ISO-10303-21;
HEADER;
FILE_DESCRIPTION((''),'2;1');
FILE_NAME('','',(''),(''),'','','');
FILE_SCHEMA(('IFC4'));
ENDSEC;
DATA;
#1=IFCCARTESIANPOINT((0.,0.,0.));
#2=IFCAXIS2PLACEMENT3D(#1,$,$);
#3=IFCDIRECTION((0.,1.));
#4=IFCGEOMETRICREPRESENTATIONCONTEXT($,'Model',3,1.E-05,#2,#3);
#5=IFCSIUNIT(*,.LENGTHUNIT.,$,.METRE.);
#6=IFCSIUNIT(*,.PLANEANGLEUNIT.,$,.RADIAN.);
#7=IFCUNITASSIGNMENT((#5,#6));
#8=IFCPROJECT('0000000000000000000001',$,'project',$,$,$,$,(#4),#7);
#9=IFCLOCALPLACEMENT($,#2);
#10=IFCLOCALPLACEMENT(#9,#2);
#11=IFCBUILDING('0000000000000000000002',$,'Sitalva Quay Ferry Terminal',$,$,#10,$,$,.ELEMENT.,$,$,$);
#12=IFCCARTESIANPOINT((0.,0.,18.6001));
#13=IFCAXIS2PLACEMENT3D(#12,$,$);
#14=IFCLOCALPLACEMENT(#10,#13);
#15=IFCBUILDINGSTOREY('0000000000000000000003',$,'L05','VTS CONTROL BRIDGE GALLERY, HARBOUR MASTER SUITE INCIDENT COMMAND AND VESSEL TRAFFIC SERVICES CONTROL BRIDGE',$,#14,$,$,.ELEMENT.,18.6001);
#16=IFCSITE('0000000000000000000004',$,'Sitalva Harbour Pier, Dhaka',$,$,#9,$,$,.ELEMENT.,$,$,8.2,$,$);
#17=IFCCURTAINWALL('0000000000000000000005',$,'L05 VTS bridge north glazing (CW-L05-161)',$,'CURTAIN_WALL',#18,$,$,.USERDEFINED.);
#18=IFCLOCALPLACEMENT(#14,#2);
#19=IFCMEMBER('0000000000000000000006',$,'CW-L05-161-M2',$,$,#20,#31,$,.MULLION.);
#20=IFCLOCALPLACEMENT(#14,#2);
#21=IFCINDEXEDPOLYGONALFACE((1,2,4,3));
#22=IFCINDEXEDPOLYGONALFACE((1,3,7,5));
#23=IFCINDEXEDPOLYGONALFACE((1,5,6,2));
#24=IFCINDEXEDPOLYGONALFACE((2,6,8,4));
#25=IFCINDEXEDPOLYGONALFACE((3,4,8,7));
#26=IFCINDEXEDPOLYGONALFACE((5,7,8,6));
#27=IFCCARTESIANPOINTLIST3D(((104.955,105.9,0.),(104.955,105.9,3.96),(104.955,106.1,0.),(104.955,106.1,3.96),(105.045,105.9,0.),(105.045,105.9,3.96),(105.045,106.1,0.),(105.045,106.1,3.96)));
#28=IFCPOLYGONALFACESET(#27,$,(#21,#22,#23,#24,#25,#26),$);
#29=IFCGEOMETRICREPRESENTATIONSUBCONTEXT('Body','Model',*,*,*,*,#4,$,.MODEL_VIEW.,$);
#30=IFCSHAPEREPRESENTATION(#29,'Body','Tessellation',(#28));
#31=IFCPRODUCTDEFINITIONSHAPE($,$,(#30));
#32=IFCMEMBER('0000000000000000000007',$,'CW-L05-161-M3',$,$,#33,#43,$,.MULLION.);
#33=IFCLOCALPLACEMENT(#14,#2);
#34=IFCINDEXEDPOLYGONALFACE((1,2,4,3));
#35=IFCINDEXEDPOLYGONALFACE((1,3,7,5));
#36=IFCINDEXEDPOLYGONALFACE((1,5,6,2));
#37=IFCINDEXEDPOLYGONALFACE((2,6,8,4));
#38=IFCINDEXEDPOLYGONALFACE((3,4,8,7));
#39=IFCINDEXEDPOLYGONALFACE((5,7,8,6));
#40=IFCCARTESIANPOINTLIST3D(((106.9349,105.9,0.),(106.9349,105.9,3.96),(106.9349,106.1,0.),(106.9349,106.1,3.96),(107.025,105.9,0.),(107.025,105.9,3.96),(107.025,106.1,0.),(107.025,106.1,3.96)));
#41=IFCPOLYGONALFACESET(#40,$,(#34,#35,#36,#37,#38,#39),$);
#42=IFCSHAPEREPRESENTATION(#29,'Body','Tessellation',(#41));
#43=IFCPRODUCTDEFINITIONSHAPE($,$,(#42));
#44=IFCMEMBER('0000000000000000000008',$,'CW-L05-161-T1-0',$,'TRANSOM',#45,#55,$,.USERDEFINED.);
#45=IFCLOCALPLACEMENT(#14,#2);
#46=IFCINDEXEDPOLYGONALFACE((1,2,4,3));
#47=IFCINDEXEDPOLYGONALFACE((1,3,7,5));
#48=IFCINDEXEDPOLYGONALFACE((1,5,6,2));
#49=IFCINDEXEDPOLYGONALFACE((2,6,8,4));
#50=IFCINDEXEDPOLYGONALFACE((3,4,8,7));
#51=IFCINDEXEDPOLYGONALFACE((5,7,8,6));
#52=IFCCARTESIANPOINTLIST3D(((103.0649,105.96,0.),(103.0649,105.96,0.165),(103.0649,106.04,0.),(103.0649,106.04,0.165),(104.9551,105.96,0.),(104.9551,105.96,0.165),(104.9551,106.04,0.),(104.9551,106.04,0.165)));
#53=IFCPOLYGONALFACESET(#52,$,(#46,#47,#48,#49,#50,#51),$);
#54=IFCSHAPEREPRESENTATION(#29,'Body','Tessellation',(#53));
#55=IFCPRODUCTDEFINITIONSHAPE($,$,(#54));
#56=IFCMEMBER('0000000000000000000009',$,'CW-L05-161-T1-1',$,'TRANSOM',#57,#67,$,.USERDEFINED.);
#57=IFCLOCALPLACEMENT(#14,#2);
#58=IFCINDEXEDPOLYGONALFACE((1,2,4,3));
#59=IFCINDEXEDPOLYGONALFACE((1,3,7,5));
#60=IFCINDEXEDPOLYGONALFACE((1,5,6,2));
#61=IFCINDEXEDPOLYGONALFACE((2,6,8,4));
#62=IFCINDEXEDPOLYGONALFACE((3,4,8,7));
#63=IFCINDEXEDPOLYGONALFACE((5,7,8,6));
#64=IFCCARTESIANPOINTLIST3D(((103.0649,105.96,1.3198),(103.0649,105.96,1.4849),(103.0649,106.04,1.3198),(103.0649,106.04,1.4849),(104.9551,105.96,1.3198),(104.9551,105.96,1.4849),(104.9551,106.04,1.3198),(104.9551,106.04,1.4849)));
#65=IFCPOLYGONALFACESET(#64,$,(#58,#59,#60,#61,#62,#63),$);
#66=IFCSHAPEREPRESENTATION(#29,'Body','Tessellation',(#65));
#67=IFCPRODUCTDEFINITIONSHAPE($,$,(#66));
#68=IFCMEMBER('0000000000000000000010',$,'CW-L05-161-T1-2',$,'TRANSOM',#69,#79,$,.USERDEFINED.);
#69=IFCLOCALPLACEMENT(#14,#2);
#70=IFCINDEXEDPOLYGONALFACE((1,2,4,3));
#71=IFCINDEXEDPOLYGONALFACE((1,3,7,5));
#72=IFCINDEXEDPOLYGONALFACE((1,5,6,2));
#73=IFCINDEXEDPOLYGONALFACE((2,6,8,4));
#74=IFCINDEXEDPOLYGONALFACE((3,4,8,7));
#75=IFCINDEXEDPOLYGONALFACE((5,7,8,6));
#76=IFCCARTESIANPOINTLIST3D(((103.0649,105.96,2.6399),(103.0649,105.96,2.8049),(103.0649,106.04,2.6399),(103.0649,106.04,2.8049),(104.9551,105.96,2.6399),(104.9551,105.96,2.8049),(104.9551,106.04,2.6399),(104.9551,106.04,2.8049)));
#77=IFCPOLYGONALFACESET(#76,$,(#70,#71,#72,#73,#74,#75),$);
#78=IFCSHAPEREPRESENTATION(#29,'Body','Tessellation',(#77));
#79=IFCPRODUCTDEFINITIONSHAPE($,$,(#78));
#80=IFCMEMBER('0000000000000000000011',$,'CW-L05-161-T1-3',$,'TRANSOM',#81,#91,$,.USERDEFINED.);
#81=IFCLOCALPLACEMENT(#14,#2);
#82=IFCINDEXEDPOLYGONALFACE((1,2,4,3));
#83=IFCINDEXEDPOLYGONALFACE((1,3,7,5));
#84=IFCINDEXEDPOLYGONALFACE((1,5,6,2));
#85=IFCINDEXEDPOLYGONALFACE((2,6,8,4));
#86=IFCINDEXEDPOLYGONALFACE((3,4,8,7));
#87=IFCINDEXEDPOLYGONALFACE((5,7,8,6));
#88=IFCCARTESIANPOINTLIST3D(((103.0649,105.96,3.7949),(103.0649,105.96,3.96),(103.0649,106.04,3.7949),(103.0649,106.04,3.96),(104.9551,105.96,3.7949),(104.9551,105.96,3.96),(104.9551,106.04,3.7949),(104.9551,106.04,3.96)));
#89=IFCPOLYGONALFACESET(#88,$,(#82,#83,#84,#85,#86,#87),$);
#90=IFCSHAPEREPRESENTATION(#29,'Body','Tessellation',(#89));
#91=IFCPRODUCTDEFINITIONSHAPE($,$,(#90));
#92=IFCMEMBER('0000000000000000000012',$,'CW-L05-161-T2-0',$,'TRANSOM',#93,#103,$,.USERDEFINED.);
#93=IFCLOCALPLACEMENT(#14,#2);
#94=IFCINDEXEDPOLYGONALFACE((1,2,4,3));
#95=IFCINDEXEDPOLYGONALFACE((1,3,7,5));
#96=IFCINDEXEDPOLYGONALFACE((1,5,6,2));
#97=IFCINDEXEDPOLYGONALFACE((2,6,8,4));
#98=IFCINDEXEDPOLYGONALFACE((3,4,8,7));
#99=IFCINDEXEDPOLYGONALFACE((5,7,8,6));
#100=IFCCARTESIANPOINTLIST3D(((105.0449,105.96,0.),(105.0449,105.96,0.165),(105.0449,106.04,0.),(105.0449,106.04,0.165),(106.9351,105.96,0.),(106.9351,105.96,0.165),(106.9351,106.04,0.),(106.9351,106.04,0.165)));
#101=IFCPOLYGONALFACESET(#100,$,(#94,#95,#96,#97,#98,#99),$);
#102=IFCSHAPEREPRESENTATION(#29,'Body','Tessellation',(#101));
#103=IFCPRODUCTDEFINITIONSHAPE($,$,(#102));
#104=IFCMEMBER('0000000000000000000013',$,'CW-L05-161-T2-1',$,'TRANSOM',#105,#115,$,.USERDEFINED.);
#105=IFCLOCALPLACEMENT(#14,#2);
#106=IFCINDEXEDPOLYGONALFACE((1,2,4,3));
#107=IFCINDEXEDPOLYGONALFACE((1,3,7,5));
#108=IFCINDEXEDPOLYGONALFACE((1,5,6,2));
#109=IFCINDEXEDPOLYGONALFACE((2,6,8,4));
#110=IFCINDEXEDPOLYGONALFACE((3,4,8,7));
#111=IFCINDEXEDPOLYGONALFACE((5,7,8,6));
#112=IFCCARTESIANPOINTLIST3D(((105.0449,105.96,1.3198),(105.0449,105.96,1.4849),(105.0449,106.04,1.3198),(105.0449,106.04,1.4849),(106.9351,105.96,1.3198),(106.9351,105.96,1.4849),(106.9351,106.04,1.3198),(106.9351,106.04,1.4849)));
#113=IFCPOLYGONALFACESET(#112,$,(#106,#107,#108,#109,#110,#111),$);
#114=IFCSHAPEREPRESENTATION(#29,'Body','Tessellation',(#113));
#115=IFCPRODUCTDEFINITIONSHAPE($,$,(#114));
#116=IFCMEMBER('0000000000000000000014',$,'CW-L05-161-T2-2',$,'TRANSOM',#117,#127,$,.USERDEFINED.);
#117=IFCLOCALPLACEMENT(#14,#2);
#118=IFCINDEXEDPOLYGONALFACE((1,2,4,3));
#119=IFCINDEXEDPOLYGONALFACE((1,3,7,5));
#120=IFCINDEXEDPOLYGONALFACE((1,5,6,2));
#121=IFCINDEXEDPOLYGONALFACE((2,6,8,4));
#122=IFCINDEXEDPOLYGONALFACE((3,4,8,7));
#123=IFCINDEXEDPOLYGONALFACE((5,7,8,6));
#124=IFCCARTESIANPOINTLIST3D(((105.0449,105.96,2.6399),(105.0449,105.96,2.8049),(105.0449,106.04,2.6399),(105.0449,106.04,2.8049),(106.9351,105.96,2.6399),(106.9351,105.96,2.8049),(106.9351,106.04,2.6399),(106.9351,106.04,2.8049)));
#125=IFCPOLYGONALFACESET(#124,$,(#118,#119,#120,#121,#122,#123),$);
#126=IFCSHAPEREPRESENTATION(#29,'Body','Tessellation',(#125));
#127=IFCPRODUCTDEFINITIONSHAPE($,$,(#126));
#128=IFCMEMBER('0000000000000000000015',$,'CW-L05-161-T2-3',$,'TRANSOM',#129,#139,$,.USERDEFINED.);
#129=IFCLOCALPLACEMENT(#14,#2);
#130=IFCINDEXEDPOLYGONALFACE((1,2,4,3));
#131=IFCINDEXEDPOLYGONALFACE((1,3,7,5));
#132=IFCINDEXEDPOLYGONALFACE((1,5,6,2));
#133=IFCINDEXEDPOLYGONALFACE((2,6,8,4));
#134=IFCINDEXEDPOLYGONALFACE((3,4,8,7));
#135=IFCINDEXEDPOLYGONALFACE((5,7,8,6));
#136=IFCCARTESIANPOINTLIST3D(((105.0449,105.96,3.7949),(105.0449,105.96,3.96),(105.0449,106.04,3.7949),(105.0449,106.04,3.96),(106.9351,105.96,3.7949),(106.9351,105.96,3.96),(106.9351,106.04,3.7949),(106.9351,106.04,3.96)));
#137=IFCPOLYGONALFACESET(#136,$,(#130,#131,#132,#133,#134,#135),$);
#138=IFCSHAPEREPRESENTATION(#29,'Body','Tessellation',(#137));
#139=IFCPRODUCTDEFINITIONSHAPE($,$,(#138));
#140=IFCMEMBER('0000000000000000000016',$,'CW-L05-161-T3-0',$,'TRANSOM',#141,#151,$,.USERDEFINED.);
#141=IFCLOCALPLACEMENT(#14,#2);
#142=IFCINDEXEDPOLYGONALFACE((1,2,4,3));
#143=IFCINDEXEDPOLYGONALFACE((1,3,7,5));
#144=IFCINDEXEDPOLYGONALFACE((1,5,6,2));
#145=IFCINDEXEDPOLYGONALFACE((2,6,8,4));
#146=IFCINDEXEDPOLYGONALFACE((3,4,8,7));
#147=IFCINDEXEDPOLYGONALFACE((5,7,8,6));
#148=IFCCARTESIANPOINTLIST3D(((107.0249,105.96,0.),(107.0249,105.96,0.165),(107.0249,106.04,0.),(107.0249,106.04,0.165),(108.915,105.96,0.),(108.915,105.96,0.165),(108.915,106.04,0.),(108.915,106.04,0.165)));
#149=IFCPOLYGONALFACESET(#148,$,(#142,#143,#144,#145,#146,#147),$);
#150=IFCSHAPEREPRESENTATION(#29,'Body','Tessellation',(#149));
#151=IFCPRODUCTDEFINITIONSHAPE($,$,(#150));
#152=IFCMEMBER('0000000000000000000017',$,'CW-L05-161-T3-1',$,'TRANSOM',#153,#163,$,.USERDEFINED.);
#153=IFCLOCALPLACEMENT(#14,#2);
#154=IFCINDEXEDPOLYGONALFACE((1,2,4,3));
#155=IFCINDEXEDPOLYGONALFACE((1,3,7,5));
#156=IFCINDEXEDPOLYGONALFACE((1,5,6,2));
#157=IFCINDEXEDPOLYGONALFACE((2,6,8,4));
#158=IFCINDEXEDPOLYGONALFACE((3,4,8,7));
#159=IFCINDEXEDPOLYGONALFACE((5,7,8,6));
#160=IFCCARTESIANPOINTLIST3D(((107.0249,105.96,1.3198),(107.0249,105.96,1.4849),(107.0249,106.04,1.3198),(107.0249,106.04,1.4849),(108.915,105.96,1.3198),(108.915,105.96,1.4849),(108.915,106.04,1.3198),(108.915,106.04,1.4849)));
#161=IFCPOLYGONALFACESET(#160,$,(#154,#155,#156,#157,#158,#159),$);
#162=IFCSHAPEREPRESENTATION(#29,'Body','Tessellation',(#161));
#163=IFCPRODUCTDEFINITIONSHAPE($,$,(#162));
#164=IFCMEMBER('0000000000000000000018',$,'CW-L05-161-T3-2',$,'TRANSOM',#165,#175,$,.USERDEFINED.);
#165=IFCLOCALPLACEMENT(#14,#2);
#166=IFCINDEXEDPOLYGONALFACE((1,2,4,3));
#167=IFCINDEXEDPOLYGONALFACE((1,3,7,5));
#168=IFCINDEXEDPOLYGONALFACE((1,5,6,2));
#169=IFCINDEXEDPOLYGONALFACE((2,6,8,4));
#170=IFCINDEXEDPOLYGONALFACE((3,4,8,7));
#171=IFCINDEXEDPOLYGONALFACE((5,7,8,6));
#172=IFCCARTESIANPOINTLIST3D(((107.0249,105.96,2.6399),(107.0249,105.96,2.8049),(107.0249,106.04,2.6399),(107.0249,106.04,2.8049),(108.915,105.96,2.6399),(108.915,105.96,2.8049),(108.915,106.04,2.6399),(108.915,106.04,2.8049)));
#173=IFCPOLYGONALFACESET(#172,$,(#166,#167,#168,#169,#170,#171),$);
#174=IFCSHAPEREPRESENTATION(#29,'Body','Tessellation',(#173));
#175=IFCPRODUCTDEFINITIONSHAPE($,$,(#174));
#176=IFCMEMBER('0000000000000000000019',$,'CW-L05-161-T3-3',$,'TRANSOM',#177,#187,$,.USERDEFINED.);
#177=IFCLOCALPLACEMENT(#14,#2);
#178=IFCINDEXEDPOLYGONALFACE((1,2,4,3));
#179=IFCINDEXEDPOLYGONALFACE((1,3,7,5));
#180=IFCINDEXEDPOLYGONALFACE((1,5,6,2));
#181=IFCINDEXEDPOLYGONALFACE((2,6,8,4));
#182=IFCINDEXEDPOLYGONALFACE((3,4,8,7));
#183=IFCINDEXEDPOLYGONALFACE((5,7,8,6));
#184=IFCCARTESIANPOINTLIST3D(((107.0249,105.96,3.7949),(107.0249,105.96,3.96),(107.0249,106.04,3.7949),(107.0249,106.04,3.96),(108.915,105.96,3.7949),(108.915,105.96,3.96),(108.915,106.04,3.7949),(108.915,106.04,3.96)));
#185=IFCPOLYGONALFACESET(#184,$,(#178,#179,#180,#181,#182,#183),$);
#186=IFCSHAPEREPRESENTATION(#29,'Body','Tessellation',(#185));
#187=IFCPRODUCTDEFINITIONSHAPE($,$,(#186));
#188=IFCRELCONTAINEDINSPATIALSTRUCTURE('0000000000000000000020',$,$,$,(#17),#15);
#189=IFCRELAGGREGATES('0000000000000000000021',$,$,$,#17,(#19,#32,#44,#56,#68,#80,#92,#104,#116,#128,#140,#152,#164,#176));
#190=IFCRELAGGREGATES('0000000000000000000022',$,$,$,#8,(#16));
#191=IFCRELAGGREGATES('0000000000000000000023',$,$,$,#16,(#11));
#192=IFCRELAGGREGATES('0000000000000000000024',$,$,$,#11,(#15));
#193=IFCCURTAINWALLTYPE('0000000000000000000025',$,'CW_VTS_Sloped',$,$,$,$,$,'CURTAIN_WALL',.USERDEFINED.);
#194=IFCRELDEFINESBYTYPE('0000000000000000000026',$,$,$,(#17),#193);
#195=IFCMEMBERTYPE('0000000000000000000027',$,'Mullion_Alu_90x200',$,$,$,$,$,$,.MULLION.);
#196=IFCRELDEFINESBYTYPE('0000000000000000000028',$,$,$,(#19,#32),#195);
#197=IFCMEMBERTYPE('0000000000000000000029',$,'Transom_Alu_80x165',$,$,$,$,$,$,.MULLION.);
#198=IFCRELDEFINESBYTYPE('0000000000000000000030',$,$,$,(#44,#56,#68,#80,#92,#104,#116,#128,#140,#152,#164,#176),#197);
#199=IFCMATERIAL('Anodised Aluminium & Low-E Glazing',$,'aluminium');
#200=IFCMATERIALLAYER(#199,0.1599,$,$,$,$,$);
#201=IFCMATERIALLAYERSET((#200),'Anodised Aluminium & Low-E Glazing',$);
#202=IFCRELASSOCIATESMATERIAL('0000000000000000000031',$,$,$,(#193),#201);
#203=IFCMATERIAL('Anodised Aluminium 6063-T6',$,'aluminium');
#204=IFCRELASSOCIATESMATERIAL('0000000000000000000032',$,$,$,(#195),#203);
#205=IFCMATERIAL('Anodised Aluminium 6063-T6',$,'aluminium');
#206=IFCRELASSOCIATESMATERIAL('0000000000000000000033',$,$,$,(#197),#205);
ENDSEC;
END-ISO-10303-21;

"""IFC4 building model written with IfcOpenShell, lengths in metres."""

from ifc_helpers import new_model, si_unit, direction, frame, origin, origin_2d, place, context, subcontext, project, spatial, rectangle, extrude, material, layer, layer_set, material_profile, profile_set, type_object, element, aggregate, save


model = new_model("IFC4")

# Units and contexts
model_context = context("Model", 3, precision=1e-05, world=origin(), true_north=direction((0.0, 1.0)))
body_context = subcontext(model_context, "Body", "Model", "MODEL_VIEW")
ifc_project = project(units=[si_unit("LENGTHUNIT", "METRE"), si_unit("PLANEANGLEUNIT", "RADIAN")], contexts=[model_context])

# Site, building, storey
site_placement = place(None, origin())
site = spatial("IfcSite", under=ifc_project, at=site_placement, Name="Sitalva Harbour Pier, Dhaka", CompositionType="ELEMENT", RefElevation=8.2)
building_placement = place(site_placement, origin())
building = spatial("IfcBuilding", under=site, at=building_placement, Name="Sitalva Quay Ferry Terminal", CompositionType="ELEMENT")
storey_placement = place(building_placement, frame((0.0, 0.0, 18.6001)))
storey = spatial("IfcBuildingStorey", under=building, at=storey_placement, Name="L05", Description="VTS CONTROL BRIDGE GALLERY, HARBOUR MASTER SUITE INCIDENT COMMAND AND VESSEL TRAFFIC SERVICES CONTROL BRIDGE", CompositionType="ELEMENT", Elevation=18.6001)

# Curtain wall, members
ifc_material_1 = material(Name="Anodised Aluminium & Low-E Glazing", Category="aluminium")
ifc_layer_1 = layer(ifc_material_1, 0.1599)
ifc_layer_set_1 = layer_set([ifc_layer_1], Name="Anodised Aluminium & Low-E Glazing")
curtain_wall_type = type_object("IfcCurtainWallType", Name="CW_VTS_Sloped", ElementType="CURTAIN_WALL", PredefinedType="USERDEFINED", material=ifc_layer_set_1)
curtain_wall_placement = place(storey_placement, origin())
curtain_wall = element("IfcCurtainWall", 1, at=curtain_wall_placement, inside=storey, type_object=curtain_wall_type, Name="L05 VTS bridge north glazing (CW-L05-161)", ObjectType="CURTAIN_WALL", PredefinedType="USERDEFINED")
ifc_material_2 = material(Name="Anodised Aluminium 6063-T6", Category="aluminium")
ifc_material_profile_1 = material_profile(ifc_material_2, rectangle(XDim=0.0901, YDim=0.2, at=origin_2d()), Name="ALU90x200")
ifc_profile_set_1 = profile_set([ifc_material_profile_1], Name="Anodised Aluminium 6063-T6")
member_type_1 = type_object("IfcMemberType", Name="Mullion_Alu_90x200", PredefinedType="MULLION", material=ifc_profile_set_1)
member_1_placement = place(storey_placement, frame((105.0, 106.0, 0.0), z_axis=(0.0, 0.0, 1.0), x_axis=(1.0, 0.0, 0.0)))
member_1 = element("IfcMember", 2, at=member_1_placement, type_object=member_type_1, Name="CW-L05-161-M2", PredefinedType="MULLION", context=body_context, shape_type="SweptSolid", body=[
    extrude(rectangle(XDim=0.0901, YDim=0.2, at=origin_2d()), origin(), (0.0, 0.0, 1.0), 3.96),
])
member_2_placement = place(storey_placement, frame((106.98, 106.0, 0.0), z_axis=(0.0, 0.0, 1.0), x_axis=(1.0, 0.0, 0.0)))
member_2 = element("IfcMember", 3, at=member_2_placement, type_object=member_type_1, Name="CW-L05-161-M3", PredefinedType="MULLION", context=body_context, shape_type="SweptSolid", body=[
    extrude(rectangle(XDim=0.0901, YDim=0.2, at=origin_2d()), origin(), (0.0, 0.0, 1.0), 3.96),
])
ifc_material_3 = material(Name="Anodised Aluminium 6063-T6", Category="aluminium")
ifc_material_profile_2 = material_profile(ifc_material_3, rectangle(XDim=0.0801, YDim=0.165, at=origin_2d()), Name="ALU80x165")
ifc_profile_set_2 = profile_set([ifc_material_profile_2], Name="Anodised Aluminium 6063-T6")
member_type_2 = type_object("IfcMemberType", Name="Transom_Alu_80x165", PredefinedType="MULLION", material=ifc_profile_set_2)
member_3_placement = place(storey_placement, frame((103.0649, 106.0, 0.0825), z_axis=(1.0, 0.0, 0.0), x_axis=(0.0, 1.0, 0.0)))
member_3 = element("IfcMember", 4, at=member_3_placement, type_object=member_type_2, Name="CW-L05-161-T1-0", ObjectType="TRANSOM", PredefinedType="USERDEFINED", context=body_context, shape_type="SweptSolid", body=[
    extrude(rectangle(XDim=0.0801, YDim=0.165, at=origin_2d()), origin(), (0.0, 0.0, 1.0), 1.8901),
])
member_4_placement = place(storey_placement, frame((103.0649, 106.0, 1.4023), z_axis=(1.0, 0.0, 0.0), x_axis=(0.0, 1.0, 0.0)))
member_4 = element("IfcMember", 5, at=member_4_placement, type_object=member_type_2, Name="CW-L05-161-T1-1", ObjectType="TRANSOM", PredefinedType="USERDEFINED", context=body_context, shape_type="SweptSolid", body=[
    extrude(rectangle(XDim=0.0801, YDim=0.165, at=origin_2d()), origin(), (0.0, 0.0, 1.0), 1.8901),
])
member_5_placement = place(storey_placement, frame((103.0649, 106.0, 2.7224), z_axis=(1.0, 0.0, 0.0), x_axis=(0.0, 1.0, 0.0)))
member_5 = element("IfcMember", 6, at=member_5_placement, type_object=member_type_2, Name="CW-L05-161-T1-2", ObjectType="TRANSOM", PredefinedType="USERDEFINED", context=body_context, shape_type="SweptSolid", body=[
    extrude(rectangle(XDim=0.0801, YDim=0.165, at=origin_2d()), origin(), (0.0, 0.0, 1.0), 1.8901),
])
member_6_placement = place(storey_placement, frame((103.0649, 106.0, 3.8774), z_axis=(1.0, 0.0, 0.0), x_axis=(0.0, 1.0, 0.0)))
member_6 = element("IfcMember", 7, at=member_6_placement, type_object=member_type_2, Name="CW-L05-161-T1-3", ObjectType="TRANSOM", PredefinedType="USERDEFINED", context=body_context, shape_type="SweptSolid", body=[
    extrude(rectangle(XDim=0.0801, YDim=0.165, at=origin_2d()), origin(), (0.0, 0.0, 1.0), 1.8901),
])
member_7_placement = place(storey_placement, frame((105.0449, 106.0, 0.0825), z_axis=(1.0, 0.0, 0.0), x_axis=(0.0, 1.0, 0.0)))
member_7 = element("IfcMember", 8, at=member_7_placement, type_object=member_type_2, Name="CW-L05-161-T2-0", ObjectType="TRANSOM", PredefinedType="USERDEFINED", context=body_context, shape_type="SweptSolid", body=[
    extrude(rectangle(XDim=0.0801, YDim=0.165, at=origin_2d()), origin(), (0.0, 0.0, 1.0), 1.8901),
])
member_8_placement = place(storey_placement, frame((105.0449, 106.0, 1.4023), z_axis=(1.0, 0.0, 0.0), x_axis=(0.0, 1.0, 0.0)))
member_8 = element("IfcMember", 9, at=member_8_placement, type_object=member_type_2, Name="CW-L05-161-T2-1", ObjectType="TRANSOM", PredefinedType="USERDEFINED", context=body_context, shape_type="SweptSolid", body=[
    extrude(rectangle(XDim=0.0801, YDim=0.165, at=origin_2d()), origin(), (0.0, 0.0, 1.0), 1.8901),
])
member_9_placement = place(storey_placement, frame((105.0449, 106.0, 2.7224), z_axis=(1.0, 0.0, 0.0), x_axis=(0.0, 1.0, 0.0)))
member_9 = element("IfcMember", 10, at=member_9_placement, type_object=member_type_2, Name="CW-L05-161-T2-2", ObjectType="TRANSOM", PredefinedType="USERDEFINED", context=body_context, shape_type="SweptSolid", body=[
    extrude(rectangle(XDim=0.0801, YDim=0.165, at=origin_2d()), origin(), (0.0, 0.0, 1.0), 1.8901),
])
member_10_placement = place(storey_placement, frame((105.0449, 106.0, 3.8774), z_axis=(1.0, 0.0, 0.0), x_axis=(0.0, 1.0, 0.0)))
member_10 = element("IfcMember", 11, at=member_10_placement, type_object=member_type_2, Name="CW-L05-161-T2-3", ObjectType="TRANSOM", PredefinedType="USERDEFINED", context=body_context, shape_type="SweptSolid", body=[
    extrude(rectangle(XDim=0.0801, YDim=0.165, at=origin_2d()), origin(), (0.0, 0.0, 1.0), 1.8901),
])
member_11_placement = place(storey_placement, frame((107.0249, 106.0, 0.0825), z_axis=(1.0, 0.0, 0.0), x_axis=(0.0, 1.0, 0.0)))
member_11 = element("IfcMember", 12, at=member_11_placement, type_object=member_type_2, Name="CW-L05-161-T3-0", ObjectType="TRANSOM", PredefinedType="USERDEFINED", context=body_context, shape_type="SweptSolid", body=[
    extrude(rectangle(XDim=0.0801, YDim=0.165, at=origin_2d()), origin(), (0.0, 0.0, 1.0), 1.8901),
])
member_12_placement = place(storey_placement, frame((107.0249, 106.0, 1.4023), z_axis=(1.0, 0.0, 0.0), x_axis=(0.0, 1.0, 0.0)))
member_12 = element("IfcMember", 13, at=member_12_placement, type_object=member_type_2, Name="CW-L05-161-T3-1", ObjectType="TRANSOM", PredefinedType="USERDEFINED", context=body_context, shape_type="SweptSolid", body=[
    extrude(rectangle(XDim=0.0801, YDim=0.165, at=origin_2d()), origin(), (0.0, 0.0, 1.0), 1.8901),
])
member_13_placement = place(storey_placement, frame((107.0249, 106.0, 2.7224), z_axis=(1.0, 0.0, 0.0), x_axis=(0.0, 1.0, 0.0)))
member_13 = element("IfcMember", 14, at=member_13_placement, type_object=member_type_2, Name="CW-L05-161-T3-2", ObjectType="TRANSOM", PredefinedType="USERDEFINED", context=body_context, shape_type="SweptSolid", body=[
    extrude(rectangle(XDim=0.0801, YDim=0.165, at=origin_2d()), origin(), (0.0, 0.0, 1.0), 1.8901),
])
member_14_placement = place(storey_placement, frame((107.0249, 106.0, 3.8774), z_axis=(1.0, 0.0, 0.0), x_axis=(0.0, 1.0, 0.0)))
member_14 = element("IfcMember", 15, at=member_14_placement, type_object=member_type_2, Name="CW-L05-161-T3-3", ObjectType="TRANSOM", PredefinedType="USERDEFINED", context=body_context, shape_type="SweptSolid", body=[
    extrude(rectangle(XDim=0.0801, YDim=0.165, at=origin_2d()), origin(), (0.0, 0.0, 1.0), 1.8901),
])
aggregate(curtain_wall, [member_1, member_2, member_3, member_4, member_5, member_6, member_7, member_8, member_9, member_10, member_11, member_12, member_13, member_14])

save(model, "model.ifc")
